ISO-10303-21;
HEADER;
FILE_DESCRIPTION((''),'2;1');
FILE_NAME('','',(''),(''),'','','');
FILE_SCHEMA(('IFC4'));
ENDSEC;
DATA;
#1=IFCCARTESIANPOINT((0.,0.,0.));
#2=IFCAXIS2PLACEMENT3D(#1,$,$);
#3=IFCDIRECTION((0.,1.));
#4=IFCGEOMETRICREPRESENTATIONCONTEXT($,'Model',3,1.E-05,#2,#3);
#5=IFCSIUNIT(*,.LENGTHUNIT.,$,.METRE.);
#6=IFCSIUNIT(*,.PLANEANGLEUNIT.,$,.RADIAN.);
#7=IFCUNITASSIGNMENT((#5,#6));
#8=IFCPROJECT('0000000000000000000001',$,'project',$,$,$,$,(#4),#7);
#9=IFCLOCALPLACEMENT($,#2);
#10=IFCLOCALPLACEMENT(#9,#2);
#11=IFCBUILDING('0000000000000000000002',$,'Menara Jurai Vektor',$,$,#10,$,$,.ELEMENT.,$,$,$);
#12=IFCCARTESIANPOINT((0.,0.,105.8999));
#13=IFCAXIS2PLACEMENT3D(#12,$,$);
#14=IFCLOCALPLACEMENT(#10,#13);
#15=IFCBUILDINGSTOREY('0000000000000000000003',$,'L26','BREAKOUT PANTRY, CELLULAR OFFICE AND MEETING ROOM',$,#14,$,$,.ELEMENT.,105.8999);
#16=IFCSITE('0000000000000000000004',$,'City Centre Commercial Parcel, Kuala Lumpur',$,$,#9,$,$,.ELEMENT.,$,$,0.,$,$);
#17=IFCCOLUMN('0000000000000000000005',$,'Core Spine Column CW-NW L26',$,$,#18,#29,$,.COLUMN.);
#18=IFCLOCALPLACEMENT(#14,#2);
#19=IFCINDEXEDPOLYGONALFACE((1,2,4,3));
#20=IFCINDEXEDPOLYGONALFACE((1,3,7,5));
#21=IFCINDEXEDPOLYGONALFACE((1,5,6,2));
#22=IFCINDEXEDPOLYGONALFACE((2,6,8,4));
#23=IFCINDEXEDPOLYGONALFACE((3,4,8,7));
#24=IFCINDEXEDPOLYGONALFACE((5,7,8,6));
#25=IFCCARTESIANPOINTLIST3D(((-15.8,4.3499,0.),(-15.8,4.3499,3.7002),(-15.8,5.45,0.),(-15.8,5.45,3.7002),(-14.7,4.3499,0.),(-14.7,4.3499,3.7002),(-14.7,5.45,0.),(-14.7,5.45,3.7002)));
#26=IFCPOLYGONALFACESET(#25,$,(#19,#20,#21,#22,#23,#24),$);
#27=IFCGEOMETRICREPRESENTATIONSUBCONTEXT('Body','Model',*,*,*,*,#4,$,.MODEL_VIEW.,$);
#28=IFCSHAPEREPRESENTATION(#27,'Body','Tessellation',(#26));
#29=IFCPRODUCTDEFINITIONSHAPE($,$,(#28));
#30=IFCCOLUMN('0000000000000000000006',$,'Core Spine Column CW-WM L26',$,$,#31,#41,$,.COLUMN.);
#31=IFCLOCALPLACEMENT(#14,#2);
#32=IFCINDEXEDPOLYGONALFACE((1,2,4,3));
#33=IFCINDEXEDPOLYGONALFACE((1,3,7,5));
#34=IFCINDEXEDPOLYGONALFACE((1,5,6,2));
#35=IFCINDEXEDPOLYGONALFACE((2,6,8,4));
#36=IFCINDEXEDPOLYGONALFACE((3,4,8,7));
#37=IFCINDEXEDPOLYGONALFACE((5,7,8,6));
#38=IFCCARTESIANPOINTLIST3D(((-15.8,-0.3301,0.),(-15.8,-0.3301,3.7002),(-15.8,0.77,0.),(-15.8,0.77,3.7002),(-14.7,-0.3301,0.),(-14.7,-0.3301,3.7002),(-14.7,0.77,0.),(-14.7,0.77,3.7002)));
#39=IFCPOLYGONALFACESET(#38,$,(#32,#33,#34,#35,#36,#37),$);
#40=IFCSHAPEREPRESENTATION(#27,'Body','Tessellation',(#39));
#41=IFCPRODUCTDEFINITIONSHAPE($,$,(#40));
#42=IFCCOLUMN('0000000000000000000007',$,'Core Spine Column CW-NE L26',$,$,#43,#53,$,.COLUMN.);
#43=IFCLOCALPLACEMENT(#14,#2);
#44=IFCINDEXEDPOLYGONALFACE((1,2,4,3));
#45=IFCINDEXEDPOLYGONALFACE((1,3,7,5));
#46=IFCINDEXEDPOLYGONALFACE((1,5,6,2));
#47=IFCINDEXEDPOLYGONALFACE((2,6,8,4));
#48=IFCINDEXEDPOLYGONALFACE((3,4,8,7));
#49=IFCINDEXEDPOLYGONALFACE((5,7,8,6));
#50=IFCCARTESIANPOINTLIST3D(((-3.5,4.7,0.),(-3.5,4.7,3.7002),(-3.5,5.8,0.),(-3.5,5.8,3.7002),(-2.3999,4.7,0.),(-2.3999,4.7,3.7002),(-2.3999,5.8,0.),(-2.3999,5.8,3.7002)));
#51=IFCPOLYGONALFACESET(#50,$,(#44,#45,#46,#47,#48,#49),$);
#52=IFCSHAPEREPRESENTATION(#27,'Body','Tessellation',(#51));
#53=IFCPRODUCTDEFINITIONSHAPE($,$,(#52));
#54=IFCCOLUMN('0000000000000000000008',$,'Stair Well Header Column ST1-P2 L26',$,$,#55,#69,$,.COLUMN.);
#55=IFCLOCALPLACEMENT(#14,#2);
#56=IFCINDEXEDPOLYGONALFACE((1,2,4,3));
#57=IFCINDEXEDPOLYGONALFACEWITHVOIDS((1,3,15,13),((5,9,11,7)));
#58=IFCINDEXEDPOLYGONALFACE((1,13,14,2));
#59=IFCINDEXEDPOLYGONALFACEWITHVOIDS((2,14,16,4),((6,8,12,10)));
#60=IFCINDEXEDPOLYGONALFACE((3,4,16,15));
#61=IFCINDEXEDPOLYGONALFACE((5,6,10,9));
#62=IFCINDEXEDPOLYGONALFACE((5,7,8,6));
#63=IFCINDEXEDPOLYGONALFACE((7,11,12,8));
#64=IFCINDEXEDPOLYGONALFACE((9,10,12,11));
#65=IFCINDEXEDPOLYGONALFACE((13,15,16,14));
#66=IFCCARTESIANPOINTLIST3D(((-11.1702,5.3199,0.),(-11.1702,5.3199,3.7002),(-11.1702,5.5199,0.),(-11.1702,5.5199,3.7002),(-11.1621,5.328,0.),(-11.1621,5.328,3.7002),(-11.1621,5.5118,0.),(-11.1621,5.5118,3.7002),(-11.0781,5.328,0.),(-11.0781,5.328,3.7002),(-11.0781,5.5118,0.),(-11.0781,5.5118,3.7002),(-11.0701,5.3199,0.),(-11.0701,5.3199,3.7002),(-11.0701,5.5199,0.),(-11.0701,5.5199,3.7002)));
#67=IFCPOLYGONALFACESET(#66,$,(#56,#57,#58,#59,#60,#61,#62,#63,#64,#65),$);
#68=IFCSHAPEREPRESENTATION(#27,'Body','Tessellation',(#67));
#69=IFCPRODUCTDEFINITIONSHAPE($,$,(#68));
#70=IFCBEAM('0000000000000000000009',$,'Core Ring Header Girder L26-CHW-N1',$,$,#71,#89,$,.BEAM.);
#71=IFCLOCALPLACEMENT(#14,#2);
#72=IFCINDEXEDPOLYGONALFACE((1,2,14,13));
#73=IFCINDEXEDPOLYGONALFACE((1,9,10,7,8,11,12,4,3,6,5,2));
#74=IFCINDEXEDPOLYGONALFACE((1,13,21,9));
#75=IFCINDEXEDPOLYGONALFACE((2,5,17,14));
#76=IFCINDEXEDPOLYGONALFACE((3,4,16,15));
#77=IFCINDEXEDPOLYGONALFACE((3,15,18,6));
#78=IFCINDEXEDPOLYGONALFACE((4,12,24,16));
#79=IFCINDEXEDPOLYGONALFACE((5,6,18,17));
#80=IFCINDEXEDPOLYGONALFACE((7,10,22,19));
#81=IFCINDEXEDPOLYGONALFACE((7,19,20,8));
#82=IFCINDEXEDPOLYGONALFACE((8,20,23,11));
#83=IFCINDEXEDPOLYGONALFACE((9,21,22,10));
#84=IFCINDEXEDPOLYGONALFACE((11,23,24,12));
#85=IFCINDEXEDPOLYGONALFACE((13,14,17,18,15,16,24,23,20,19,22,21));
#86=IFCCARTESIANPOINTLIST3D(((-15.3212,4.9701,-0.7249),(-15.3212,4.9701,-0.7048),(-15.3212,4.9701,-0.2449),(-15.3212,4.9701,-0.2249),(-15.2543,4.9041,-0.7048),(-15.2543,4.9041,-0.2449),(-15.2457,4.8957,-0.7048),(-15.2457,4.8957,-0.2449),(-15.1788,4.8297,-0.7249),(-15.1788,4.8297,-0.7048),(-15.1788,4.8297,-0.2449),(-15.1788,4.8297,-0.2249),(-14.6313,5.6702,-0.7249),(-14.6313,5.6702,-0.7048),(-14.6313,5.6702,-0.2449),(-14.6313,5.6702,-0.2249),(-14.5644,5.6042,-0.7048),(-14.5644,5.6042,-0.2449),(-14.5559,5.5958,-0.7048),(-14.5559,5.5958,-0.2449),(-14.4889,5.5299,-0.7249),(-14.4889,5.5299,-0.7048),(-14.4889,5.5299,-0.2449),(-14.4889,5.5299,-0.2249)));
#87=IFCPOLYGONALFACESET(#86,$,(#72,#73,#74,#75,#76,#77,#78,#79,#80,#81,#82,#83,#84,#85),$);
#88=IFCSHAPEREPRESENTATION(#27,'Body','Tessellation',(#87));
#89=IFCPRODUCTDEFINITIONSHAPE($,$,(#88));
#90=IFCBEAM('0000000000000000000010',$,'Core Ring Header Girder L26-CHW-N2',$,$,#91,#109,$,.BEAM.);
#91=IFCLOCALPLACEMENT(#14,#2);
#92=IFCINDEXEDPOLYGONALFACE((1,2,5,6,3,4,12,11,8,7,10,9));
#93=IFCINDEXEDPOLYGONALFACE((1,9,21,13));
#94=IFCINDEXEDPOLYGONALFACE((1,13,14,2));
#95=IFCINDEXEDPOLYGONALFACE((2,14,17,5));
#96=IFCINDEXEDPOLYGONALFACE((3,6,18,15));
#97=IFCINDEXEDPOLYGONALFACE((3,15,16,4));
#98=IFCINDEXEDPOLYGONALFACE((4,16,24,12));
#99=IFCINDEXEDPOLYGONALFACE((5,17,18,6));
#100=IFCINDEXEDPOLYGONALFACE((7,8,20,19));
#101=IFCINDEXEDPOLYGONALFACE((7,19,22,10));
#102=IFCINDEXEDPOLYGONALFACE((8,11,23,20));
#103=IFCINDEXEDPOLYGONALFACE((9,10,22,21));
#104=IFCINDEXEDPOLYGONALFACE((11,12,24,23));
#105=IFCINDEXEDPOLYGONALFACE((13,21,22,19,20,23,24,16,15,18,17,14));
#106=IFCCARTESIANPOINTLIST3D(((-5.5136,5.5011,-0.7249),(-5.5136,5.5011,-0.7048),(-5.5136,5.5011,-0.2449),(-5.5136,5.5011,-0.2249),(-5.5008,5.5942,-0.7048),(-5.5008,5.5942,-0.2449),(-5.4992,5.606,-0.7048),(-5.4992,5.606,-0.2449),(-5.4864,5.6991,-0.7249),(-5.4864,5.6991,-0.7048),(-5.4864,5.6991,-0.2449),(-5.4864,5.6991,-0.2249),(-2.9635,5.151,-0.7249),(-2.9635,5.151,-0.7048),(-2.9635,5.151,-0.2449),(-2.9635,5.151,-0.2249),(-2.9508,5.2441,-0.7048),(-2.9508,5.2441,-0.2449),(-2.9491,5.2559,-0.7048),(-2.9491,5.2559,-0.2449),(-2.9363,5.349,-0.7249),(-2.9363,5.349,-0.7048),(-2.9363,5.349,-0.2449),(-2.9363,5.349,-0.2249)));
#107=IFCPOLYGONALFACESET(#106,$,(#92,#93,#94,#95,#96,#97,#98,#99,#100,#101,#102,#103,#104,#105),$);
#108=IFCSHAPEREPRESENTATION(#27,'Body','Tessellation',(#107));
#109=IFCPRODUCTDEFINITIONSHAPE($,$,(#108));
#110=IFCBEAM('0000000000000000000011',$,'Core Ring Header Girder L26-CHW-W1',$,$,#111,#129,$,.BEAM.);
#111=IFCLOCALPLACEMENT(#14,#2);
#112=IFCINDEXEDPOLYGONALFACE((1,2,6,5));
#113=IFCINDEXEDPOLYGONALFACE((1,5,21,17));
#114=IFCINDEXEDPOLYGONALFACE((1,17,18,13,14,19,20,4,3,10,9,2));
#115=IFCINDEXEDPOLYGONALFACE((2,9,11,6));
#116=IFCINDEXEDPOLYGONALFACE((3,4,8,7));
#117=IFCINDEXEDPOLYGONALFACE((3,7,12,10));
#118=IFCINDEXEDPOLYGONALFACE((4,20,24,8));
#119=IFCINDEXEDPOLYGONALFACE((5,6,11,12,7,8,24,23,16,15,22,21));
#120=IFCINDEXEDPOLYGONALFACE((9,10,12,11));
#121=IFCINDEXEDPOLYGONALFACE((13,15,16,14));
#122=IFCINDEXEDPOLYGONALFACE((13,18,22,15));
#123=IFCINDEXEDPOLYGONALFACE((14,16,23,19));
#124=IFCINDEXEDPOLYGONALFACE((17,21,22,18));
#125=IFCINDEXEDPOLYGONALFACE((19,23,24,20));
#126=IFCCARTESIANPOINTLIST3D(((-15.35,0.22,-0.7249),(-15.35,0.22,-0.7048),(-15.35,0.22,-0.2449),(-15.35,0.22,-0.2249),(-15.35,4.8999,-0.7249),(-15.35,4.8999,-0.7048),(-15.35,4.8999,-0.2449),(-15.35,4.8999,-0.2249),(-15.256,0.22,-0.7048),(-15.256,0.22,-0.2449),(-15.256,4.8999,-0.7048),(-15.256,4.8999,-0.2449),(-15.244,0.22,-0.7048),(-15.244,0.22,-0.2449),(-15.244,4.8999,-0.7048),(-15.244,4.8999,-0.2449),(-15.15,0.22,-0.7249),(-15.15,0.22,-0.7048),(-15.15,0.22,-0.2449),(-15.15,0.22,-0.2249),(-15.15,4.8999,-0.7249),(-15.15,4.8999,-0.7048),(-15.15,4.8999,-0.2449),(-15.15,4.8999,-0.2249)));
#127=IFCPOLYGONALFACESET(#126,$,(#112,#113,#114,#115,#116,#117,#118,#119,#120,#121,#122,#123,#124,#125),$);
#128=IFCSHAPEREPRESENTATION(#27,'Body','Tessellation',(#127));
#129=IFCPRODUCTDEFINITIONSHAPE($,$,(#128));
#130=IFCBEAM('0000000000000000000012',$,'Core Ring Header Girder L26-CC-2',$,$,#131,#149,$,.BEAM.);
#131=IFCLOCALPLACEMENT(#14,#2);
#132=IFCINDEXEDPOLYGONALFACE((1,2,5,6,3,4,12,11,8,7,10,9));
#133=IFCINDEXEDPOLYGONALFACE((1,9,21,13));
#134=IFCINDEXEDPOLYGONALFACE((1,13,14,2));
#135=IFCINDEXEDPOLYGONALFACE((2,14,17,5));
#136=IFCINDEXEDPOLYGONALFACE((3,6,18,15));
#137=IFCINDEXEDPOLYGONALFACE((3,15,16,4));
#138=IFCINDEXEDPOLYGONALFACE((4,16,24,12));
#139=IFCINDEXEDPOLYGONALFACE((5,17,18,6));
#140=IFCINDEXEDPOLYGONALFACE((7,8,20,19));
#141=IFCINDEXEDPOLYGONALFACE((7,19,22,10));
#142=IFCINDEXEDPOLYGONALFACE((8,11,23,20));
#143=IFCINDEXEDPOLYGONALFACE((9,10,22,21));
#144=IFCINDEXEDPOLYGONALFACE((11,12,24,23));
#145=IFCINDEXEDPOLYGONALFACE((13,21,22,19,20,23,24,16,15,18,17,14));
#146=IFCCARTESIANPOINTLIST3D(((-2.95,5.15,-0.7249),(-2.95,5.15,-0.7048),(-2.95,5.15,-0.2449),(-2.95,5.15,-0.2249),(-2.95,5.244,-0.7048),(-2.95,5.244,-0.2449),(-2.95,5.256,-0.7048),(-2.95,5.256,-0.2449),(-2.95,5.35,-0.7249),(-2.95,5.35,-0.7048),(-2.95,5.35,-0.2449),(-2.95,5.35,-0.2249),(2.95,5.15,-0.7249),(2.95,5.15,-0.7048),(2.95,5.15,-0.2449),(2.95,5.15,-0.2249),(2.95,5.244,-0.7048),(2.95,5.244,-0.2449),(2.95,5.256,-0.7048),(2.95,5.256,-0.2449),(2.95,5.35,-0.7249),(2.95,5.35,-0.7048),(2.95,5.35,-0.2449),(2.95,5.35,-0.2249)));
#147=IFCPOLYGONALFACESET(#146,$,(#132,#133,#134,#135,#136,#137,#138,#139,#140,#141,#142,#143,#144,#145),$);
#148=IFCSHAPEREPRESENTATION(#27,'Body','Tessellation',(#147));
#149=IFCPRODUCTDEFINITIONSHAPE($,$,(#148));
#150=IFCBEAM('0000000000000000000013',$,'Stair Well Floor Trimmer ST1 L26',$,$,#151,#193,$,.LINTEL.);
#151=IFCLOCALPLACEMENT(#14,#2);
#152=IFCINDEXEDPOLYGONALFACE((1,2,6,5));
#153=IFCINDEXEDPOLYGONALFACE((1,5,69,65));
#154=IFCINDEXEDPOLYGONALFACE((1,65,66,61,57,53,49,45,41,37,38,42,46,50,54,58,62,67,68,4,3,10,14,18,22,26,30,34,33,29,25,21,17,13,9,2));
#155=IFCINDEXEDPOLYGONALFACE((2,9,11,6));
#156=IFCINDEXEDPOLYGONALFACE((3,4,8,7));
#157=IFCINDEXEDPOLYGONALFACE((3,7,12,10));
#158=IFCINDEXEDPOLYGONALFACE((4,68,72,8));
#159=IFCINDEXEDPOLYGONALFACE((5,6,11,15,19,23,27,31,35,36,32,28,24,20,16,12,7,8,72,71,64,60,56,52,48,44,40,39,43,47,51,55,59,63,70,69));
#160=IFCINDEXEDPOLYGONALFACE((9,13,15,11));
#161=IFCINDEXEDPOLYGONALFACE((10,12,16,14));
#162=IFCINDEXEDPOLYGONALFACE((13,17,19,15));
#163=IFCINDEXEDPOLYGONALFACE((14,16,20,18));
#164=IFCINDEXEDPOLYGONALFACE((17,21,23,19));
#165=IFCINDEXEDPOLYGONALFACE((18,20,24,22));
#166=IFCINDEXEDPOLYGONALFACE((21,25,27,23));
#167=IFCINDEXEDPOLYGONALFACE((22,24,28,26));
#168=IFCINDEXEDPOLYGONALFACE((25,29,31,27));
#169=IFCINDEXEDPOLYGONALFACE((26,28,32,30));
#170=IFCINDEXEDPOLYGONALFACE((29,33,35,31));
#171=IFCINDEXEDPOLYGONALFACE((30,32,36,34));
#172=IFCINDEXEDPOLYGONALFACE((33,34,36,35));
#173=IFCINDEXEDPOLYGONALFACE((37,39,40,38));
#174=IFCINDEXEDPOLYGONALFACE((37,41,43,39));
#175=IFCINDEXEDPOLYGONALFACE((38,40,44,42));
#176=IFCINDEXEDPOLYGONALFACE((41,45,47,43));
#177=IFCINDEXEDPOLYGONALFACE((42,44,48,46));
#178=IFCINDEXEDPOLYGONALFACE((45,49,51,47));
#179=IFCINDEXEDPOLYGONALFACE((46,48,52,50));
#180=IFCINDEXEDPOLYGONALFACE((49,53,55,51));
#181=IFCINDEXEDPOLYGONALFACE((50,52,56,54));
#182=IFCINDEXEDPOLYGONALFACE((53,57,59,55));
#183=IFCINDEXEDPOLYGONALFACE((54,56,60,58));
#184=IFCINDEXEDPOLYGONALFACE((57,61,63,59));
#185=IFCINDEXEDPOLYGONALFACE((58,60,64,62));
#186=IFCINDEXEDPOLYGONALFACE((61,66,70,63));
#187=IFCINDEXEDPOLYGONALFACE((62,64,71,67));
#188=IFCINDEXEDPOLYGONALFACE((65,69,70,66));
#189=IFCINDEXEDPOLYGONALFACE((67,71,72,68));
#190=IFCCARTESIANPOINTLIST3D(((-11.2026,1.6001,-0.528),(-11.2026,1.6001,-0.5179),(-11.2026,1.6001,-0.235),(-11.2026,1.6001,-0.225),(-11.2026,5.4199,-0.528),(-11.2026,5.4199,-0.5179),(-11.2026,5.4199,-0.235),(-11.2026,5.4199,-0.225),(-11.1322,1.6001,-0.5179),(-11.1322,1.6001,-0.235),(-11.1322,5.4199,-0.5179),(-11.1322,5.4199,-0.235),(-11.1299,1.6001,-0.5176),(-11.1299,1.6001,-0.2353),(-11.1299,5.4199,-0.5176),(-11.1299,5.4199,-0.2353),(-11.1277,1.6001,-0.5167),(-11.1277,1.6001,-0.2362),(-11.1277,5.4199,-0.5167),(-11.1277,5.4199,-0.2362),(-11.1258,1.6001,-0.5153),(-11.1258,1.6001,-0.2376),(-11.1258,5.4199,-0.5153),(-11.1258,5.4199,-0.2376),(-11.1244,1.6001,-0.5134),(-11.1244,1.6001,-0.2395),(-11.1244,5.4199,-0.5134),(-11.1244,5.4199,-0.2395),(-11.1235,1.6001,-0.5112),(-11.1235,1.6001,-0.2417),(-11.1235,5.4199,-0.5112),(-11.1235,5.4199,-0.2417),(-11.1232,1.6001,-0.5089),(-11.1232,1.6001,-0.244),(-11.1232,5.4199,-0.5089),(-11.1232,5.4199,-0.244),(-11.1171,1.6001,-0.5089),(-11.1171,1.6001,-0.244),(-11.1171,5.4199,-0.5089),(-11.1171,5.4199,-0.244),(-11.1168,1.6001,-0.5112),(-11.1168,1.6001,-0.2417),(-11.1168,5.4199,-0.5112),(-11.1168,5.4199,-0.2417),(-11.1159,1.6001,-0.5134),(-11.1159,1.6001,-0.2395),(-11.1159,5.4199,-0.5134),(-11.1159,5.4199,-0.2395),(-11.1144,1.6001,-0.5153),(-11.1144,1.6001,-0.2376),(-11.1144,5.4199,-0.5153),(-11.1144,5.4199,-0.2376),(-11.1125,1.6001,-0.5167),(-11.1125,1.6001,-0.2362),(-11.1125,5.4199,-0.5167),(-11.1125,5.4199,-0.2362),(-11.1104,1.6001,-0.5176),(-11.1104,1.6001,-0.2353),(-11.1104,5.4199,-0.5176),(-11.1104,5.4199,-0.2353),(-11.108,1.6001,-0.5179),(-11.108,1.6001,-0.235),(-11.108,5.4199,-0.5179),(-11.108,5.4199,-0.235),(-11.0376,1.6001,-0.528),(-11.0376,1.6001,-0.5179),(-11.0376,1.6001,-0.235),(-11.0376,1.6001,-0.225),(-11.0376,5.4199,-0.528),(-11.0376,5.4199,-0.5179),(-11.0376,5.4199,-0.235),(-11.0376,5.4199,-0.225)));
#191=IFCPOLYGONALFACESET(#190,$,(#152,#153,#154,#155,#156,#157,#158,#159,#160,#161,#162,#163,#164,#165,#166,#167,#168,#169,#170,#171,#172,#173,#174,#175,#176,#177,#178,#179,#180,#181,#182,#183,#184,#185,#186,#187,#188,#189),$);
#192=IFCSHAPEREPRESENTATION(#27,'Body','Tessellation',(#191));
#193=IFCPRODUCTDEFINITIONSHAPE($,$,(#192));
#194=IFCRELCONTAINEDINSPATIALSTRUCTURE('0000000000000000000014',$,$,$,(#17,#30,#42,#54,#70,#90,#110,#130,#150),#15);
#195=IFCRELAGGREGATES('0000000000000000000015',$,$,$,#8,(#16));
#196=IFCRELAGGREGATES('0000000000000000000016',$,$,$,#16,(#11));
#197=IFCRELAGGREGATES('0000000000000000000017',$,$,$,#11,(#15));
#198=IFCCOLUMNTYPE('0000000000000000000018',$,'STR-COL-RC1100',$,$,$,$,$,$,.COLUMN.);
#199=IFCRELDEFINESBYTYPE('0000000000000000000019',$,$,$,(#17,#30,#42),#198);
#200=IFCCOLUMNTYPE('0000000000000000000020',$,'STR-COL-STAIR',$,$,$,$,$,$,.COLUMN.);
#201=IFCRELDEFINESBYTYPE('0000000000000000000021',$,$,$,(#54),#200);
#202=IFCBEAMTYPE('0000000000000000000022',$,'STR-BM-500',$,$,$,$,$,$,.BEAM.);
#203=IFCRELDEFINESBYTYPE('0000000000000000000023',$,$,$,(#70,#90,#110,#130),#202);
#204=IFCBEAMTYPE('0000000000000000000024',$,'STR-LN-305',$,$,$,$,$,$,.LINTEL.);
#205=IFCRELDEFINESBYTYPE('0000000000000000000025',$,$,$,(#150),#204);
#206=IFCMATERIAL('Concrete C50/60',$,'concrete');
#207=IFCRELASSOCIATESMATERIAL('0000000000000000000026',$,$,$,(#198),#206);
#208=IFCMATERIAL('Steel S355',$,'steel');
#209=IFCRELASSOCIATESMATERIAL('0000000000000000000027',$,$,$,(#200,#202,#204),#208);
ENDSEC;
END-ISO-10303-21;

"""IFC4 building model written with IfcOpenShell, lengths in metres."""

from ifc_helpers import new_model, si_unit, direction, frame, origin, origin_2d, place, context, subcontext, project, spatial, rectangle, hollow_rectangle, i_section, extrude, material, material_profile, profile_set, type_object, element, save


model = new_model("IFC4")

# Units and contexts
model_context = context("Model", 3, precision=1e-05, world=origin(), true_north=direction((0.0, 1.0)))
body_context = subcontext(model_context, "Body", "Model", "MODEL_VIEW")
ifc_project = project(units=[si_unit("LENGTHUNIT", "METRE"), si_unit("PLANEANGLEUNIT", "RADIAN")], contexts=[model_context])

# Site, building, storey
site_placement = place(None, origin())
site = spatial("IfcSite", under=ifc_project, at=site_placement, Name="City Centre Commercial Parcel, Kuala Lumpur", CompositionType="ELEMENT", RefElevation=0.0)
building_placement = place(site_placement, origin())
building = spatial("IfcBuilding", under=site, at=building_placement, Name="Menara Jurai Vektor", CompositionType="ELEMENT")
storey_placement = place(building_placement, frame((0.0, 0.0, 105.8999)))
storey = spatial("IfcBuildingStorey", under=building, at=storey_placement, Name="L26", Description="BREAKOUT PANTRY, CELLULAR OFFICE AND MEETING ROOM", CompositionType="ELEMENT", Elevation=105.8999)

# Columns
ifc_material_1 = material(Name="Concrete C50/60", Category="concrete")
ifc_material_profile_1 = material_profile(ifc_material_1, rectangle(XDim=1.1001, YDim=1.1001, at=origin_2d()), Name="RC 1100x1100")
ifc_profile_set_1 = profile_set([ifc_material_profile_1], Name="Concrete C50/60")
column_type_1 = type_object("IfcColumnType", Name="STR-COL-RC1100", PredefinedType="COLUMN", material=ifc_profile_set_1)
for number, where, z_axis, x_axis, name in (
    (1, (-15.25, 4.8999, 0.0), (0.0, 0.0, 1.0), (1.0, 0.0, 0.0), "Core Spine Column CW-NW L26"),
    (2, (-15.25, 0.22, 0.0), (0.0, 0.0, 1.0), (1.0, 0.0, 0.0), "Core Spine Column CW-WM L26"),
    (3, (-2.95, 5.25, 0.0), (0.0, 0.0, 1.0), (1.0, 0.0, 0.0), "Core Spine Column CW-NE L26"),
):
    element("IfcColumn", number, at=place(storey_placement, frame(where, z_axis=z_axis, x_axis=x_axis)), inside=storey, type_object=column_type_1, Name=name, PredefinedType="COLUMN", context=body_context, shape_type="SweptSolid", body=[
        extrude(rectangle(XDim=1.1001, YDim=1.1001, at=origin_2d()), origin(), (0.0, 0.0, 1.0), 3.7002),
    ])
ifc_material_2 = material(Name="Steel S355", Category="steel")
ifc_material_profile_2 = material_profile(ifc_material_2, hollow_rectangle(XDim=0.1001, YDim=0.2, WallThickness=0.0081, at=origin_2d()), Name="RHS 200x100x8")
ifc_profile_set_2 = profile_set([ifc_material_profile_2], Name="Steel S355")
column_type_2 = type_object("IfcColumnType", Name="STR-COL-STAIR", PredefinedType="COLUMN", material=ifc_profile_set_2)
column_placement = place(storey_placement, frame((-11.1201, 5.4199, 0.0), z_axis=(0.0, 0.0, 1.0), x_axis=(1.0, 0.0, 0.0)))
element("IfcColumn", 4, at=column_placement, inside=storey, type_object=column_type_2, Name="Stair Well Header Column ST1-P2 L26", PredefinedType="COLUMN", context=body_context, shape_type="SweptSolid", body=[
    extrude(hollow_rectangle(XDim=0.1001, YDim=0.2, WallThickness=0.0081, at=origin_2d()), origin(), (0.0, 0.0, 1.0), 3.7002),
])

# Beams
ifc_material_profile_3 = material_profile(ifc_material_2, i_section(OverallWidth=0.2, OverallDepth=0.5, WebThickness=0.012, FlangeThickness=0.02, at=origin_2d()), Name="PG 500x200x96")
ifc_profile_set_3 = profile_set([ifc_material_profile_3], Name="Steel S355")
beam_type_1 = type_object("IfcBeamType", Name="STR-BM-500", PredefinedType="BEAM", material=ifc_profile_set_3)
beam_1_placement = place(storey_placement, frame((-15.25, 4.8999, -0.4749), z_axis=(0.701872, 0.712303, 0.0), x_axis=(-0.712303, 0.701872, 0.0)))
element("IfcBeam", 5, at=beam_1_placement, inside=storey, type_object=beam_type_1, Name="Core Ring Header Girder L26-CHW-N1", PredefinedType="BEAM", context=body_context, shape_type="SweptSolid", body=[
    extrude(i_section(OverallWidth=0.2, OverallDepth=0.5, WebThickness=0.012, FlangeThickness=0.02, at=origin_2d()), origin(), (0.0, 0.0, 1.0), 0.9829),
])
beam_2_placement = place(storey_placement, frame((-5.5, 5.6001, -0.4749), z_axis=(0.990707, -0.136015, 0.0), x_axis=(0.136015, 0.990707, 0.0)))
element("IfcBeam", 6, at=beam_2_placement, inside=storey, type_object=beam_type_1, Name="Core Ring Header Girder L26-CHW-N2", PredefinedType="BEAM", context=body_context, shape_type="SweptSolid", body=[
    extrude(i_section(OverallWidth=0.2, OverallDepth=0.5, WebThickness=0.012, FlangeThickness=0.02, at=origin_2d()), origin(), (0.0, 0.0, 1.0), 2.574),
])
beam_3_placement = place(storey_placement, frame((-15.25, 0.22, -0.4749), z_axis=(0.0, 1.0, 0.0), x_axis=(-1.0, 0.0, 0.0)))
element("IfcBeam", 7, at=beam_3_placement, inside=storey, type_object=beam_type_1, Name="Core Ring Header Girder L26-CHW-W1", PredefinedType="BEAM", context=body_context, shape_type="SweptSolid", body=[
    extrude(i_section(OverallWidth=0.2, OverallDepth=0.5, WebThickness=0.012, FlangeThickness=0.02, at=origin_2d()), origin(), (0.0, 0.0, 1.0), 4.6799),
])
beam_4_placement = place(storey_placement, frame((-2.95, 5.25, -0.4749), z_axis=(1.0, 0.0, 0.0), x_axis=(0.0, 1.0, 0.0)))
element("IfcBeam", 8, at=beam_4_placement, inside=storey, type_object=beam_type_1, Name="Core Ring Header Girder L26-CC-2", PredefinedType="BEAM", context=body_context, shape_type="SweptSolid", body=[
    extrude(i_section(OverallWidth=0.2, OverallDepth=0.5, WebThickness=0.012, FlangeThickness=0.02, at=origin_2d()), origin(), (0.0, 0.0, 1.0), 5.8999),
])
ifc_material_profile_4 = material_profile(ifc_material_2, i_section(OverallWidth=0.165, OverallDepth=0.303, WebThickness=0.0061, FlangeThickness=0.01, FilletRadius=0.009, at=origin_2d()), Name="UKB 305x165x40")
ifc_profile_set_4 = profile_set([ifc_material_profile_4], Name="Steel S355")
beam_type_2 = type_object("IfcBeamType", Name="STR-LN-305", PredefinedType="LINTEL", material=ifc_profile_set_4)
beam_5_placement = place(storey_placement, frame((-11.1201, 1.6001, -0.3765), z_axis=(0.0, 1.0, 0.0), x_axis=(-1.0, 0.0, 0.0)))
element("IfcBeam", 9, at=beam_5_placement, inside=storey, type_object=beam_type_2, Name="Stair Well Floor Trimmer ST1 L26", PredefinedType="LINTEL", context=body_context, shape_type="SweptSolid", body=[
    extrude(i_section(OverallWidth=0.165, OverallDepth=0.303, WebThickness=0.0061, FlangeThickness=0.01, FilletRadius=0.009, at=origin_2d()), origin(), (0.0, 0.0, 1.0), 3.8198),
])

save(model, "model.ifc")
